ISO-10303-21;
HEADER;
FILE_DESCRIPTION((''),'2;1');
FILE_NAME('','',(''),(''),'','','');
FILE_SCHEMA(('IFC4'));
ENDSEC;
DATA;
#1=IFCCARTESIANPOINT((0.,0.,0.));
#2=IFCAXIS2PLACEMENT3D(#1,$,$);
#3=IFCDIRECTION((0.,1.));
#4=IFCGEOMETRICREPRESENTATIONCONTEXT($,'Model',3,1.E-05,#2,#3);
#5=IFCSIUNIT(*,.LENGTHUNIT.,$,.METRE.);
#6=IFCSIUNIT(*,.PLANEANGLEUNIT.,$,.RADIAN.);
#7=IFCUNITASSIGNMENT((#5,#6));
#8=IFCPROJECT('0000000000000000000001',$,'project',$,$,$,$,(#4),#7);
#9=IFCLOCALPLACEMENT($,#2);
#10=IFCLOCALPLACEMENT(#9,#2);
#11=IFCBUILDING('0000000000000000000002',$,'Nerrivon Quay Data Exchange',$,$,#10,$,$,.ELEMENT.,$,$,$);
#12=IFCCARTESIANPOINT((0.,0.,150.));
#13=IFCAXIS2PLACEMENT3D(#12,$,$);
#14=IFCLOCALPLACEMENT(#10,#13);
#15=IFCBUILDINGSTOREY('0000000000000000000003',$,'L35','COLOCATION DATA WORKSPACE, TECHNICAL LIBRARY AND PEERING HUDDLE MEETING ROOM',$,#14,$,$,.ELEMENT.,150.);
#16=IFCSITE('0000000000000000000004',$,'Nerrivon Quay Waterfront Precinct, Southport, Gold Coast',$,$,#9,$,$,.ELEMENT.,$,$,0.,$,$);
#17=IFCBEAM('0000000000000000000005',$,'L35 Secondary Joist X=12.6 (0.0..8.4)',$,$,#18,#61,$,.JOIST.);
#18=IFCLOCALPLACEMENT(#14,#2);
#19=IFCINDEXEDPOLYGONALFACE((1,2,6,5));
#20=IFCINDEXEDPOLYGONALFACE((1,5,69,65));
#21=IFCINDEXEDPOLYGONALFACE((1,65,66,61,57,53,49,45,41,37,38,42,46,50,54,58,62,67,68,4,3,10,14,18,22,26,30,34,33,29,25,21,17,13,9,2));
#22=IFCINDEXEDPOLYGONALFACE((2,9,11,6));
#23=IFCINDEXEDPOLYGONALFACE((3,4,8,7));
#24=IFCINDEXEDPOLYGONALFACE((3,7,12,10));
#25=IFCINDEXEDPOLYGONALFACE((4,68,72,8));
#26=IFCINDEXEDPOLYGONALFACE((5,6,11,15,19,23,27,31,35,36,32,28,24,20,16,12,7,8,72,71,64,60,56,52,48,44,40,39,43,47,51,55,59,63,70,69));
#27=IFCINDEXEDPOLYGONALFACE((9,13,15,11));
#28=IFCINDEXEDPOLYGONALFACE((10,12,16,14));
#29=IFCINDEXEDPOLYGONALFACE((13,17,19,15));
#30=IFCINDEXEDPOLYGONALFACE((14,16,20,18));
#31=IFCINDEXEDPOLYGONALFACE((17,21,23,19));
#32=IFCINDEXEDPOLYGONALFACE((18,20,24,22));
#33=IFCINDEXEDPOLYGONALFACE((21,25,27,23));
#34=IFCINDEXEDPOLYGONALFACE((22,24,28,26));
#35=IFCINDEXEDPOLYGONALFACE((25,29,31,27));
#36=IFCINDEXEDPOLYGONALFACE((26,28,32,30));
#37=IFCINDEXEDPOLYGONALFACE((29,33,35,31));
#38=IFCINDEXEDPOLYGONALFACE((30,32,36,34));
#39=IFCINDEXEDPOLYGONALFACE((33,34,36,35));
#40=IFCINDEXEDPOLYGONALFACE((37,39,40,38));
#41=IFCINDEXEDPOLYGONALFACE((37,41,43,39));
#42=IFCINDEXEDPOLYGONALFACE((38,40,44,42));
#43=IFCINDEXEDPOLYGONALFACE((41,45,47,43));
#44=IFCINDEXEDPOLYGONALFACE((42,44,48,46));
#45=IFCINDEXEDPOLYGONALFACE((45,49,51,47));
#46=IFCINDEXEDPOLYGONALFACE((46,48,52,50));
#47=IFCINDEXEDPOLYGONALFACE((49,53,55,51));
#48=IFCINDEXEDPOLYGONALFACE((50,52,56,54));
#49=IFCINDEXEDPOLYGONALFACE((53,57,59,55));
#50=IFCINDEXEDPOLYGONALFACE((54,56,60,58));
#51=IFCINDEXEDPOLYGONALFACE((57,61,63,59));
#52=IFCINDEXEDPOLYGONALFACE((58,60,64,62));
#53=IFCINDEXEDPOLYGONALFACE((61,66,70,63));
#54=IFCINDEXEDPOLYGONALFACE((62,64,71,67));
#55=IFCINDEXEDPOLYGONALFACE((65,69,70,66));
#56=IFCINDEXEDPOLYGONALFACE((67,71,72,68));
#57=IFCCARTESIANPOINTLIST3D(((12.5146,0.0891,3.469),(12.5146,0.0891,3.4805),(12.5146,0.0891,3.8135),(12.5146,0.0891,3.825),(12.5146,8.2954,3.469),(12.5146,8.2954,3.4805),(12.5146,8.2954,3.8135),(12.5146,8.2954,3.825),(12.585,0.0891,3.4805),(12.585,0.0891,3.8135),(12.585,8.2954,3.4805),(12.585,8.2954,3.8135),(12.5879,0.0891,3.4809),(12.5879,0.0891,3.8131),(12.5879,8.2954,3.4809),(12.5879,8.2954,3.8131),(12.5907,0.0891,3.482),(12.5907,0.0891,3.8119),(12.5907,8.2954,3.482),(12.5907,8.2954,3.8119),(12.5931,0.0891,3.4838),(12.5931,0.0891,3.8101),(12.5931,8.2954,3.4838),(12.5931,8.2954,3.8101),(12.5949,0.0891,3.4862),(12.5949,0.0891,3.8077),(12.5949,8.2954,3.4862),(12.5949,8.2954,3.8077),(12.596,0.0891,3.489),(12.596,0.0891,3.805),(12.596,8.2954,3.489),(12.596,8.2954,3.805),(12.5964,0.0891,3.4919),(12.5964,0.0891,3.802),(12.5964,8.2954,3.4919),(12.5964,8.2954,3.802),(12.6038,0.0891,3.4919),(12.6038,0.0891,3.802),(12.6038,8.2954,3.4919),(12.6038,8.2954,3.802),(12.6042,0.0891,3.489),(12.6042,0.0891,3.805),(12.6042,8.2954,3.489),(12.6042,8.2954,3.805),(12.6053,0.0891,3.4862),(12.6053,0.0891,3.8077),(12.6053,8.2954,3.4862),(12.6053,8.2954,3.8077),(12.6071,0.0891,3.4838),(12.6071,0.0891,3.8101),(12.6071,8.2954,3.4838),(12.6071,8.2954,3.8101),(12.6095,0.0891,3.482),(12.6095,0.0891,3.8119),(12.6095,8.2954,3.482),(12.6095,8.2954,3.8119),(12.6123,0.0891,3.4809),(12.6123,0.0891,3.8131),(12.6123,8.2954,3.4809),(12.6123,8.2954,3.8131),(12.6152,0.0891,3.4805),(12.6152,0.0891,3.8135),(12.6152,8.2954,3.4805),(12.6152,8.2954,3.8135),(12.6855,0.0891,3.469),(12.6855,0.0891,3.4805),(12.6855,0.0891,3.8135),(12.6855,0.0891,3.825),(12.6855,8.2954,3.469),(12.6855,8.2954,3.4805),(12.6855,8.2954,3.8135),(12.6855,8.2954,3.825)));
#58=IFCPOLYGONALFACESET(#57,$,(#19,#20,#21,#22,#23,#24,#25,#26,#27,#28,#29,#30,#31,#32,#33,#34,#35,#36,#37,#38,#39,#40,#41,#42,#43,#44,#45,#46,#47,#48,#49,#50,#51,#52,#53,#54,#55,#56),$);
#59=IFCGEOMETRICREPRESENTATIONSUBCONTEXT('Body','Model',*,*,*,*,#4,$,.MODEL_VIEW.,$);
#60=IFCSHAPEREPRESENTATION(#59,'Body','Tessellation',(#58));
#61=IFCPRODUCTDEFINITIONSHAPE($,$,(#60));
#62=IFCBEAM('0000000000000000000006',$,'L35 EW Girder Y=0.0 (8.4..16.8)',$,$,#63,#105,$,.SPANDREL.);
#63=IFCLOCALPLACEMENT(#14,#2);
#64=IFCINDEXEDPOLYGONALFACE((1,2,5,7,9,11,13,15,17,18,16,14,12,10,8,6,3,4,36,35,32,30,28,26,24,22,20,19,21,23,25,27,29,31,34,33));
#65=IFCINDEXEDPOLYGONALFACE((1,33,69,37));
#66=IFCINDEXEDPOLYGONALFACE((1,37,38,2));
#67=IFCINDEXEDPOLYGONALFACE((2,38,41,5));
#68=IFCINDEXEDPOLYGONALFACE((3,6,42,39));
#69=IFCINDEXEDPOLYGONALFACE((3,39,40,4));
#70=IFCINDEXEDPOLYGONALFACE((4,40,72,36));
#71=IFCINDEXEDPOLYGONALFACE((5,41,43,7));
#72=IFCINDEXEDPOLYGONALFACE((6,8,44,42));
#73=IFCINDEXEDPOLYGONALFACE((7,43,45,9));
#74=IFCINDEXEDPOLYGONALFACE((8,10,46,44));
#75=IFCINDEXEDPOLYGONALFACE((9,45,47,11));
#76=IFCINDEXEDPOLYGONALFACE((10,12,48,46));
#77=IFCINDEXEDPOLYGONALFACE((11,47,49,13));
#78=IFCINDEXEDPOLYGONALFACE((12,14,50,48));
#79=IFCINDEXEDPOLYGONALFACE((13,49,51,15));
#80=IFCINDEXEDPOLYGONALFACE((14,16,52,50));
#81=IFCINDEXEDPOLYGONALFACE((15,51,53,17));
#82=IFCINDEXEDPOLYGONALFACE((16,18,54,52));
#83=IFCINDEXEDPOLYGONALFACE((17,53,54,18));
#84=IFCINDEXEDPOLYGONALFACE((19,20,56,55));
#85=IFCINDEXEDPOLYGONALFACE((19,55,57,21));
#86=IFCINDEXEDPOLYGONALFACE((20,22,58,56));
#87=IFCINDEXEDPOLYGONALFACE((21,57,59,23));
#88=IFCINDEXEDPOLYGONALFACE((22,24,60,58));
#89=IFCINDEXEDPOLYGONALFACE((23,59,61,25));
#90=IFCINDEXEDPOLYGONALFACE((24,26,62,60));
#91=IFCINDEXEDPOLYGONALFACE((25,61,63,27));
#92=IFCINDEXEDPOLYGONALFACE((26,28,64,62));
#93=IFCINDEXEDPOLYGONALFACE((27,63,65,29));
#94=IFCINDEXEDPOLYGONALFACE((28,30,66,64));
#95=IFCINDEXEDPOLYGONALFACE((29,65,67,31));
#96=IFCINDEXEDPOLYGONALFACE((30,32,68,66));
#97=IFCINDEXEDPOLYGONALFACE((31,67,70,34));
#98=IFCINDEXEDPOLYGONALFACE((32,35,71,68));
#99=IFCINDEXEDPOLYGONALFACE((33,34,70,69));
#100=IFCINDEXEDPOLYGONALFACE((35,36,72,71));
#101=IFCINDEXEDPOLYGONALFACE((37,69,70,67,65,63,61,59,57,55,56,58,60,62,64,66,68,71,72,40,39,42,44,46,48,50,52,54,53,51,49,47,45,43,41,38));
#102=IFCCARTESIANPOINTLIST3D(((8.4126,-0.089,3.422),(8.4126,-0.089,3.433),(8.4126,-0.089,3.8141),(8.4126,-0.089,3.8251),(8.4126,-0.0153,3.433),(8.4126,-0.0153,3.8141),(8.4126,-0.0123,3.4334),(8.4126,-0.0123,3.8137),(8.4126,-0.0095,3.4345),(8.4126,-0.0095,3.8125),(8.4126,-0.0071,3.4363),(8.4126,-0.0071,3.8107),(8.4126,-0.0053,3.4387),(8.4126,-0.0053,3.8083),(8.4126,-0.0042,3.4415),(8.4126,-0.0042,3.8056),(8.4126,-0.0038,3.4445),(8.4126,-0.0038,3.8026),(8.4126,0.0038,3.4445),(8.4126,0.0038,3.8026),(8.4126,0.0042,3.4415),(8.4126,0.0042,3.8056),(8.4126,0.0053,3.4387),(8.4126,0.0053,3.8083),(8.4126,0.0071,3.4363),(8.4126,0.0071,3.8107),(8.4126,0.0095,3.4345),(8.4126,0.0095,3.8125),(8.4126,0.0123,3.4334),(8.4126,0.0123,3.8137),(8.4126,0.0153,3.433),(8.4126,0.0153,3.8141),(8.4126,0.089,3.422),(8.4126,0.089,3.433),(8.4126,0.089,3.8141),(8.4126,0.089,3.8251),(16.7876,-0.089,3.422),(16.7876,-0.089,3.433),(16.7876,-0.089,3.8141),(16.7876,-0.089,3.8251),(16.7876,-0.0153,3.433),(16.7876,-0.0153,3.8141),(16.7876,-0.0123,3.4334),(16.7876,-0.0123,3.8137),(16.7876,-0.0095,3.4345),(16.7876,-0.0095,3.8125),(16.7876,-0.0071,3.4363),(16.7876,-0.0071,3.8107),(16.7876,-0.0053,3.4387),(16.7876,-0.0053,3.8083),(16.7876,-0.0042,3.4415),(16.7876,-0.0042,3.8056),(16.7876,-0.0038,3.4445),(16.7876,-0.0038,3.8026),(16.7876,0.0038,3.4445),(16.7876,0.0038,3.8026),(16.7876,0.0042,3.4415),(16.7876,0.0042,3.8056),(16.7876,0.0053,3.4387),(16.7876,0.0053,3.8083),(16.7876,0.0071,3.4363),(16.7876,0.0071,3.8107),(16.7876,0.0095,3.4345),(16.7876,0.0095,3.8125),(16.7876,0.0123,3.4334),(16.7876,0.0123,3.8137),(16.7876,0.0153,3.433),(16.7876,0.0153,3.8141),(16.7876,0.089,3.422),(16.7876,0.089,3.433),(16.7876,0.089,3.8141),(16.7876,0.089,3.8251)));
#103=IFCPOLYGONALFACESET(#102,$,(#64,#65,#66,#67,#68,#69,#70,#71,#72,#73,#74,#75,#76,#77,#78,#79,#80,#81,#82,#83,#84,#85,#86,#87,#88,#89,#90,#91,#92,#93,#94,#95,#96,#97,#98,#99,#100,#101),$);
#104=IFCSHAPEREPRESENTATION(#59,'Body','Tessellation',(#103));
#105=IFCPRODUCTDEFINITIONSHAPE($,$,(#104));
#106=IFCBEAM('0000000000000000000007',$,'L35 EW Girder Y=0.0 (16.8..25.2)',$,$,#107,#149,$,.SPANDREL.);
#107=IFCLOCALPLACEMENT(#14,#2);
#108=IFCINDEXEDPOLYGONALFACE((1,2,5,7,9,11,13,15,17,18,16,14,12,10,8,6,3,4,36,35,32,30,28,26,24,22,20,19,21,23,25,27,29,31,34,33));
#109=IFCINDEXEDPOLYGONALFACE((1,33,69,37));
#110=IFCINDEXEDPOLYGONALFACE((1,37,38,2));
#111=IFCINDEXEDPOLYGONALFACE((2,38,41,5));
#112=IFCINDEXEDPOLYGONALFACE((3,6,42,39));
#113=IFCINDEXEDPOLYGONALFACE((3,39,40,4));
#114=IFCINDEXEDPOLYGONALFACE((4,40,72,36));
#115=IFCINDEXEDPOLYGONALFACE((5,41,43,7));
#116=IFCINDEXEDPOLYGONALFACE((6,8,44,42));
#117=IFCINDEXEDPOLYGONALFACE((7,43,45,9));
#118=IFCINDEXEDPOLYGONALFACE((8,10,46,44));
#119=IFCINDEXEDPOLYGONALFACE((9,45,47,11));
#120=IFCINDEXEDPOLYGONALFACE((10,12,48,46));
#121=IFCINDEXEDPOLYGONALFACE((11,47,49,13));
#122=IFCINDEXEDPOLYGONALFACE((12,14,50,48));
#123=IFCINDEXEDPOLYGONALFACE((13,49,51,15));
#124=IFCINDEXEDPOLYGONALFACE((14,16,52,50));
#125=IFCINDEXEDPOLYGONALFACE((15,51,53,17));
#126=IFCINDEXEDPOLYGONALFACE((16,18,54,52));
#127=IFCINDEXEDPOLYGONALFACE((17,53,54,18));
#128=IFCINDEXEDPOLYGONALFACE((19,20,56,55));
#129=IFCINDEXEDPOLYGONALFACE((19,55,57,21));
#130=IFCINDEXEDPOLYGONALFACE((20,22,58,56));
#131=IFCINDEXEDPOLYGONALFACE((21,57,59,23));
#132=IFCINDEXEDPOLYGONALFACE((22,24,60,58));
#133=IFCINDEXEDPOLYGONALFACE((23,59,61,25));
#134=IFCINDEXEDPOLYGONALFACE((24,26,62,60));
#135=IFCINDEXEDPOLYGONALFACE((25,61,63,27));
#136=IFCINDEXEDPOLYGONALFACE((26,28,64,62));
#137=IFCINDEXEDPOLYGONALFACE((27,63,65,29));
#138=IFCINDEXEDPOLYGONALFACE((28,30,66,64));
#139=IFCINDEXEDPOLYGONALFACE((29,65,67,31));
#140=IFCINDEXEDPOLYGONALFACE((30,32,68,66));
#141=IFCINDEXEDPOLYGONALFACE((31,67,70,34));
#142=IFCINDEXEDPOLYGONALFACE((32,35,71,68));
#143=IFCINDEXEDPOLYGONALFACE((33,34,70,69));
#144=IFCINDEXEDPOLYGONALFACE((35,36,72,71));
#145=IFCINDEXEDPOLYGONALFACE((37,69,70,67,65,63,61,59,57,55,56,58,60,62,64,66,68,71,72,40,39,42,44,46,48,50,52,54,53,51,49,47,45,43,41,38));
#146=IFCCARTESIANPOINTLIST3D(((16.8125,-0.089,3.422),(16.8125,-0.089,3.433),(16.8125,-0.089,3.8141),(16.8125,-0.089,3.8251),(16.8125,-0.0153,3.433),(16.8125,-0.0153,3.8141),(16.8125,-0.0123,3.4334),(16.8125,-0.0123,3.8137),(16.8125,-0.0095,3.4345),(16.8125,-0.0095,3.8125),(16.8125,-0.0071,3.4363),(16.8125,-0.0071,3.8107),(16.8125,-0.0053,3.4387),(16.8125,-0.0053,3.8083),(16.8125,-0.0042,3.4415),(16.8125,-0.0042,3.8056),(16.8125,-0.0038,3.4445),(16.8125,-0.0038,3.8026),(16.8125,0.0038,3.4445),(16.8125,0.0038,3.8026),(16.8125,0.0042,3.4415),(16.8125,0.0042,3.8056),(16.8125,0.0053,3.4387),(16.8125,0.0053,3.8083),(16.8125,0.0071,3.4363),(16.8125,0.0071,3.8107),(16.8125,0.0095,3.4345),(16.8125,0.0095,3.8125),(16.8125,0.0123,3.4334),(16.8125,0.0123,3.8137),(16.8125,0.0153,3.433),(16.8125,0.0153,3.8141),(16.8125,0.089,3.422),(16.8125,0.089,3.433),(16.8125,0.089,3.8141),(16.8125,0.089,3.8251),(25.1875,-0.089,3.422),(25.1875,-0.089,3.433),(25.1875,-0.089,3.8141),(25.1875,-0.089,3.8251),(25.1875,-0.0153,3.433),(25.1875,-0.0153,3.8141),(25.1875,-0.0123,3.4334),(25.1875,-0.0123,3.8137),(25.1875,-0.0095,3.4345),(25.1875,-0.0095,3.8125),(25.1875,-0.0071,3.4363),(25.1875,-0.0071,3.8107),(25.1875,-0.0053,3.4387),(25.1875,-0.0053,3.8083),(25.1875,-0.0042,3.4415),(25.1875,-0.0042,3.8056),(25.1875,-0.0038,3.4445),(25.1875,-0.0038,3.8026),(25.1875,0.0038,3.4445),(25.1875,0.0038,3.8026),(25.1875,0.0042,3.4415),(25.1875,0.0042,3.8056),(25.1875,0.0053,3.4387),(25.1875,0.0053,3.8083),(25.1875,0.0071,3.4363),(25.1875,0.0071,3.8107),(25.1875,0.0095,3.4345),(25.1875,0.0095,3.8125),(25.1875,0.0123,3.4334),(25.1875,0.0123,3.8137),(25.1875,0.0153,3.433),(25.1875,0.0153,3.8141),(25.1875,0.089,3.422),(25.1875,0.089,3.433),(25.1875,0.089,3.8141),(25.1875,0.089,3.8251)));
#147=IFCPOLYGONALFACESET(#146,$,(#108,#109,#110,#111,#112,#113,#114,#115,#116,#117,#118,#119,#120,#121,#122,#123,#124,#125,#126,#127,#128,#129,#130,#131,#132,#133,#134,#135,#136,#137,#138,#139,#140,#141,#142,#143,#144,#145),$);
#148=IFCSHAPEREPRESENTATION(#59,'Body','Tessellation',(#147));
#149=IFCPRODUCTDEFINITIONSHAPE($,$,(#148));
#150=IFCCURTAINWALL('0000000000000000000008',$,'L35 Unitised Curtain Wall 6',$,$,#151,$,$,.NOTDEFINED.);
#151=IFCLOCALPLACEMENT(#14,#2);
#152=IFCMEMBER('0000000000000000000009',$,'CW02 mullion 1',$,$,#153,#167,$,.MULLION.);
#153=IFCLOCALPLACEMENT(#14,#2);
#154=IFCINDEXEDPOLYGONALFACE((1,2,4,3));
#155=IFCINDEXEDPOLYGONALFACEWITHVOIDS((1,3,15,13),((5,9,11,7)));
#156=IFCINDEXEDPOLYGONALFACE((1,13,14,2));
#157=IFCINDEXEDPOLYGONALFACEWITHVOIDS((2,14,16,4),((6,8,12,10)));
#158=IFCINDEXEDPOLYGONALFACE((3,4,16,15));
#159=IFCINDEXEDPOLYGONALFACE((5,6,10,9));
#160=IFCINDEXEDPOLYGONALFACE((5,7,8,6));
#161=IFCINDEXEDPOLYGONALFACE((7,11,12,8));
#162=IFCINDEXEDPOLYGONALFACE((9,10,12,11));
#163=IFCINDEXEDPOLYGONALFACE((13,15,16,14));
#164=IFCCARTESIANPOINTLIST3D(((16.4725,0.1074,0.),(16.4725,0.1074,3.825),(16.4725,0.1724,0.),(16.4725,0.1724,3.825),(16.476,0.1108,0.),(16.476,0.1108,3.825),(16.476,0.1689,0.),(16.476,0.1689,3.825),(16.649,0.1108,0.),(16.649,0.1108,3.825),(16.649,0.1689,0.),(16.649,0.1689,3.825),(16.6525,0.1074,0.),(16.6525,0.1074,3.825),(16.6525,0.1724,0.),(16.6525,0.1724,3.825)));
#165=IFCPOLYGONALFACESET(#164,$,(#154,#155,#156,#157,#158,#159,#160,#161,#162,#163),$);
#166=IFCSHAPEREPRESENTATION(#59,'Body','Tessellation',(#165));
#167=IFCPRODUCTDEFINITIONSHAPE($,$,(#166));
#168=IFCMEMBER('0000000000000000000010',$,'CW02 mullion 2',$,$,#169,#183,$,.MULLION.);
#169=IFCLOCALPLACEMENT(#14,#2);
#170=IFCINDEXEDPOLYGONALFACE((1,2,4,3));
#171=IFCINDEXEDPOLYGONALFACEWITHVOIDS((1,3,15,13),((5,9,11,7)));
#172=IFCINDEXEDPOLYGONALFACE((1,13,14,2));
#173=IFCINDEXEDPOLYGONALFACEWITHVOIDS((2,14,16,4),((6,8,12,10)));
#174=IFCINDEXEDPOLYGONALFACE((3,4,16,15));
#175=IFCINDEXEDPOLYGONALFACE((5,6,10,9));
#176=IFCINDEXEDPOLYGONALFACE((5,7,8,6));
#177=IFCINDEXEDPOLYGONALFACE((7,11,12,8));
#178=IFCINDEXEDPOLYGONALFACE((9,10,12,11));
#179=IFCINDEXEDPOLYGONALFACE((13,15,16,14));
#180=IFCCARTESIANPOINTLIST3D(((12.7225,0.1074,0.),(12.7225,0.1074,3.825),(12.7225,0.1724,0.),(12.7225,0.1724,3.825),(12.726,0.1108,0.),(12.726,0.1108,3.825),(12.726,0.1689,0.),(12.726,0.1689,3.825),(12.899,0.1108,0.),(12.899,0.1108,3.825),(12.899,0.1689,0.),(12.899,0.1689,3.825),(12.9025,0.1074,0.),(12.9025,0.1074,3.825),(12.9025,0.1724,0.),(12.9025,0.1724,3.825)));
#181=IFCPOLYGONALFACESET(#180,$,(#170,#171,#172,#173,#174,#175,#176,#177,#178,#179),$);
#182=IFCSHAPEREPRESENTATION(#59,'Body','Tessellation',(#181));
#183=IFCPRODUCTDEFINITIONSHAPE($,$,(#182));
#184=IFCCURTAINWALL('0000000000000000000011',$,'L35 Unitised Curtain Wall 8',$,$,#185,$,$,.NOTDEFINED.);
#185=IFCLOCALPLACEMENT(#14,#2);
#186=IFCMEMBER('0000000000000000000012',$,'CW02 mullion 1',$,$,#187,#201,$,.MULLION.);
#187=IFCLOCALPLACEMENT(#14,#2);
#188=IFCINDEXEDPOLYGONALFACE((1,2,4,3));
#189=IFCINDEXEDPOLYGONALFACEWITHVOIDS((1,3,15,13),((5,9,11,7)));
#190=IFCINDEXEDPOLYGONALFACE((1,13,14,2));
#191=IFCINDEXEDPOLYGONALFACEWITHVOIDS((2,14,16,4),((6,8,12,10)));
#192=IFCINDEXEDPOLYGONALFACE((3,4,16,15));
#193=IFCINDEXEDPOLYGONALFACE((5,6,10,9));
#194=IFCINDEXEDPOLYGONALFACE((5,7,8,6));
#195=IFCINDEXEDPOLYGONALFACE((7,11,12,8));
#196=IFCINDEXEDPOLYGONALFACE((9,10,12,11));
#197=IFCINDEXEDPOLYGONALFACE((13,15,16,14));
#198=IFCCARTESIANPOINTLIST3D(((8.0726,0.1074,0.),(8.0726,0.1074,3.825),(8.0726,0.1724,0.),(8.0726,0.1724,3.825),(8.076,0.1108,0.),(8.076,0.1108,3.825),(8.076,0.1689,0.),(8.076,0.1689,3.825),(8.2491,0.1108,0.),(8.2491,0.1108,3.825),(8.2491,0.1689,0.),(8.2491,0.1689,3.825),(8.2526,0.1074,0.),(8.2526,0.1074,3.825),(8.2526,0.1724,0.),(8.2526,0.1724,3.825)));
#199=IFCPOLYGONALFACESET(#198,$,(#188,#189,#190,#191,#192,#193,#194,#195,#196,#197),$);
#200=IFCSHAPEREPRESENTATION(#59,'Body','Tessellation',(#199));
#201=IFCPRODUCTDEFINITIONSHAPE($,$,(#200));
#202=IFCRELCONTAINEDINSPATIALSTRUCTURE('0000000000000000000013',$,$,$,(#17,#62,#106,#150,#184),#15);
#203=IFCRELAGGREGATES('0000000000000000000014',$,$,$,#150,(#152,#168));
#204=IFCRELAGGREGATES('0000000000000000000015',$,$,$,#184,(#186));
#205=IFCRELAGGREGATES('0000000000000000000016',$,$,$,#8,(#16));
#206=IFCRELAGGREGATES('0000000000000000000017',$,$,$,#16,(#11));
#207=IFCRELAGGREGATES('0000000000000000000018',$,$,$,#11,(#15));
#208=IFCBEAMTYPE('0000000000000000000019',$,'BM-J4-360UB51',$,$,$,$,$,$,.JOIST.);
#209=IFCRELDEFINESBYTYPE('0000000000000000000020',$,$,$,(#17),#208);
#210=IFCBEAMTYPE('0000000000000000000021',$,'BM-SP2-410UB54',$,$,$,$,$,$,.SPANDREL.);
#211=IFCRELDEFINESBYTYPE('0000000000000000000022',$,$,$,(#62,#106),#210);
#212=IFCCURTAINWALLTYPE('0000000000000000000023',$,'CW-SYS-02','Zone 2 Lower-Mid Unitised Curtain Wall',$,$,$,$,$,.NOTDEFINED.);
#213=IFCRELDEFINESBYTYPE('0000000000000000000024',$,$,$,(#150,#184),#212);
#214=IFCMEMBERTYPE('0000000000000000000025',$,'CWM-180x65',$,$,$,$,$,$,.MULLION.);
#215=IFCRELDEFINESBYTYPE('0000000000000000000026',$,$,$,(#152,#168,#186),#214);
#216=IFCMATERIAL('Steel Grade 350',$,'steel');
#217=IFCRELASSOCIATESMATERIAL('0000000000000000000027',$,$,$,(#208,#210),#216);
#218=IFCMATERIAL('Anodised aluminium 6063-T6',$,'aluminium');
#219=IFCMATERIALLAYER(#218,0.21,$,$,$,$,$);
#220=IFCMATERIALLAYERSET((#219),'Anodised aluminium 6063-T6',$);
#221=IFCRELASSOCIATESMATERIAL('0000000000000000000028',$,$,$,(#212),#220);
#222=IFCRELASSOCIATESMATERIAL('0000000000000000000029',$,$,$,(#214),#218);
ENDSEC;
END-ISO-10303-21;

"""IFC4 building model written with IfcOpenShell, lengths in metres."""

from ifc_helpers import new_model, si_unit, direction, frame, origin, origin_2d, place, context, subcontext, project, spatial, hollow_rectangle, i_section, extrude, material, layer, layer_set, material_profile, profile_set, type_object, element, aggregate, save


model = new_model("IFC4")

# Units and contexts
model_context = context("Model", 3, precision=1e-05, world=origin(), true_north=direction((0.0, 1.0)))
body_context = subcontext(model_context, "Body", "Model", "MODEL_VIEW")
ifc_project = project(units=[si_unit("LENGTHUNIT", "METRE"), si_unit("PLANEANGLEUNIT", "RADIAN")], contexts=[model_context])

# Site, building, storey
site_placement = place(None, origin())
site = spatial("IfcSite", under=ifc_project, at=site_placement, Name="Nerrivon Quay Waterfront Precinct, Southport, Gold Coast", CompositionType="ELEMENT", RefElevation=0.0)
building_placement = place(site_placement, origin())
building = spatial("IfcBuilding", under=site, at=building_placement, Name="Nerrivon Quay Data Exchange", CompositionType="ELEMENT")
storey_placement = place(building_placement, frame((0.0, 0.0, 150.0)))
storey = spatial("IfcBuildingStorey", under=building, at=storey_placement, Name="L35", Description="COLOCATION DATA WORKSPACE, TECHNICAL LIBRARY AND PEERING HUDDLE MEETING ROOM", CompositionType="ELEMENT", Elevation=150.0)

# Shared definitions
ifc_material_1 = material(Name="Steel Grade 350", Category="steel")

# Beams
ifc_material_profile_1 = material_profile(ifc_material_1, i_section(OverallWidth=0.1709, OverallDepth=0.356, WebThickness=0.0073, FlangeThickness=0.0115, FilletRadius=0.0115, at=origin_2d()), Name="360UB50.7")
ifc_profile_set_1 = profile_set([ifc_material_profile_1], Name="Steel Grade 350")
beam_type_1 = type_object("IfcBeamType", Name="BM-J4-360UB51", PredefinedType="JOIST", material=ifc_profile_set_1)
beam_1_placement = place(storey_placement, frame((12.6001, 0.0891, 3.647), z_axis=(0.0, 1.0, 0.0), x_axis=(-1.0, 0.0, 0.0)))
element("IfcBeam", 1, at=beam_1_placement, inside=storey, type_object=beam_type_1, Name="L35 Secondary Joist X=12.6 (0.0..8.4)", PredefinedType="JOIST", context=body_context, shape_type="SweptSolid", body=[
    extrude(i_section(OverallWidth=0.1709, OverallDepth=0.356, WebThickness=0.0073, FlangeThickness=0.0115, FilletRadius=0.0115, at=origin_2d()), origin(), (0.0, 0.0, 1.0), 8.2063),
])
ifc_material_profile_2 = material_profile(ifc_material_1, i_section(OverallWidth=0.178, OverallDepth=0.4031, WebThickness=0.0076, FlangeThickness=0.011, FilletRadius=0.0115, at=origin_2d()), Name="410UB53.7")
ifc_profile_set_2 = profile_set([ifc_material_profile_2], Name="Steel Grade 350")
beam_type_2 = type_object("IfcBeamType", Name="BM-SP2-410UB54", PredefinedType="SPANDREL", material=ifc_profile_set_2)
for number, where, z_axis, x_axis, name in (
    (2, (8.4126, 0.0, 3.6235), (1.0, 0.0, 0.0), (0.0, 1.0, 0.0), "L35 EW Girder Y=0.0 (8.4..16.8)"),
    (3, (16.8125, 0.0, 3.6235), (1.0, 0.0, 0.0), (0.0, 1.0, 0.0), "L35 EW Girder Y=0.0 (16.8..25.2)"),
):
    element("IfcBeam", number, at=place(storey_placement, frame(where, z_axis=z_axis, x_axis=x_axis)), inside=storey, type_object=beam_type_2, Name=name, PredefinedType="SPANDREL", context=body_context, shape_type="SweptSolid", body=[
        extrude(i_section(OverallWidth=0.178, OverallDepth=0.4031, WebThickness=0.0076, FlangeThickness=0.011, FilletRadius=0.0115, at=origin_2d()), origin(), (0.0, 0.0, 1.0), 8.375),
    ])

# Curtain wall, members
ifc_material_2 = material(Name="Anodised aluminium 6063-T6", Category="aluminium")
ifc_layer_1 = layer(ifc_material_2, 0.21)
ifc_layer_set_1 = layer_set([ifc_layer_1], Name="Anodised aluminium 6063-T6")
curtain_wall_type = type_object("IfcCurtainWallType", Name="CW-SYS-02", Description="Zone 2 Lower-Mid Unitised Curtain Wall", PredefinedType="NOTDEFINED", material=ifc_layer_set_1)
curtain_wall_1_placement = place(storey_placement, origin())
curtain_wall_1 = element("IfcCurtainWall", 4, at=curtain_wall_1_placement, inside=storey, type_object=curtain_wall_type, Name="L35 Unitised Curtain Wall 6", PredefinedType="NOTDEFINED")
ifc_material_profile_3 = material_profile(ifc_material_2, hollow_rectangle(XDim=0.0649, YDim=0.1799, WallThickness=0.0034, at=origin_2d()), Name="ALU-MULL-180x65")
ifc_profile_set_3 = profile_set([ifc_material_profile_3], Name="Anodised aluminium 6063-T6")
member_type_1 = type_object("IfcMemberType", Name="CWM-180x65", PredefinedType="MULLION", material=ifc_profile_set_3)
member_1_placement = place(storey_placement, frame((16.5625, 0.1399, 0.0), z_axis=(0.0, 0.0, 1.0), x_axis=(0.0, -1.0, 0.0)))
member_1 = element("IfcMember", 5, at=member_1_placement, type_object=member_type_1, Name="CW02 mullion 1", PredefinedType="MULLION", context=body_context, shape_type="SweptSolid", body=[
    extrude(hollow_rectangle(XDim=0.0649, YDim=0.1799, WallThickness=0.0034, at=origin_2d()), origin(), (0.0, 0.0, 1.0), 3.825),
])
member_2_placement = place(storey_placement, frame((12.8125, 0.1399, 0.0), z_axis=(0.0, 0.0, 1.0), x_axis=(0.0, -1.0, 0.0)))
member_2 = element("IfcMember", 6, at=member_2_placement, type_object=member_type_1, Name="CW02 mullion 2", PredefinedType="MULLION", context=body_context, shape_type="SweptSolid", body=[
    extrude(hollow_rectangle(XDim=0.0649, YDim=0.1799, WallThickness=0.0034, at=origin_2d()), origin(), (0.0, 0.0, 1.0), 3.825),
])

# Curtain wall, member
curtain_wall_2_placement = place(storey_placement, origin())
curtain_wall_2 = element("IfcCurtainWall", 7, at=curtain_wall_2_placement, inside=storey, type_object=curtain_wall_type, Name="L35 Unitised Curtain Wall 8", PredefinedType="NOTDEFINED")
member_3_placement = place(storey_placement, frame((8.1626, 0.1399, 0.0), z_axis=(0.0, 0.0, 1.0), x_axis=(0.0, -1.0, 0.0)))
member_3 = element("IfcMember", 8, at=member_3_placement, type_object=member_type_1, Name="CW02 mullion 1", PredefinedType="MULLION", context=body_context, shape_type="SweptSolid", body=[
    extrude(hollow_rectangle(XDim=0.0649, YDim=0.1799, WallThickness=0.0034, at=origin_2d()), origin(), (0.0, 0.0, 1.0), 3.825),
])

aggregate(curtain_wall_1, [member_1, member_2])
aggregate(curtain_wall_2, [member_3])

save(model, "model.ifc")
